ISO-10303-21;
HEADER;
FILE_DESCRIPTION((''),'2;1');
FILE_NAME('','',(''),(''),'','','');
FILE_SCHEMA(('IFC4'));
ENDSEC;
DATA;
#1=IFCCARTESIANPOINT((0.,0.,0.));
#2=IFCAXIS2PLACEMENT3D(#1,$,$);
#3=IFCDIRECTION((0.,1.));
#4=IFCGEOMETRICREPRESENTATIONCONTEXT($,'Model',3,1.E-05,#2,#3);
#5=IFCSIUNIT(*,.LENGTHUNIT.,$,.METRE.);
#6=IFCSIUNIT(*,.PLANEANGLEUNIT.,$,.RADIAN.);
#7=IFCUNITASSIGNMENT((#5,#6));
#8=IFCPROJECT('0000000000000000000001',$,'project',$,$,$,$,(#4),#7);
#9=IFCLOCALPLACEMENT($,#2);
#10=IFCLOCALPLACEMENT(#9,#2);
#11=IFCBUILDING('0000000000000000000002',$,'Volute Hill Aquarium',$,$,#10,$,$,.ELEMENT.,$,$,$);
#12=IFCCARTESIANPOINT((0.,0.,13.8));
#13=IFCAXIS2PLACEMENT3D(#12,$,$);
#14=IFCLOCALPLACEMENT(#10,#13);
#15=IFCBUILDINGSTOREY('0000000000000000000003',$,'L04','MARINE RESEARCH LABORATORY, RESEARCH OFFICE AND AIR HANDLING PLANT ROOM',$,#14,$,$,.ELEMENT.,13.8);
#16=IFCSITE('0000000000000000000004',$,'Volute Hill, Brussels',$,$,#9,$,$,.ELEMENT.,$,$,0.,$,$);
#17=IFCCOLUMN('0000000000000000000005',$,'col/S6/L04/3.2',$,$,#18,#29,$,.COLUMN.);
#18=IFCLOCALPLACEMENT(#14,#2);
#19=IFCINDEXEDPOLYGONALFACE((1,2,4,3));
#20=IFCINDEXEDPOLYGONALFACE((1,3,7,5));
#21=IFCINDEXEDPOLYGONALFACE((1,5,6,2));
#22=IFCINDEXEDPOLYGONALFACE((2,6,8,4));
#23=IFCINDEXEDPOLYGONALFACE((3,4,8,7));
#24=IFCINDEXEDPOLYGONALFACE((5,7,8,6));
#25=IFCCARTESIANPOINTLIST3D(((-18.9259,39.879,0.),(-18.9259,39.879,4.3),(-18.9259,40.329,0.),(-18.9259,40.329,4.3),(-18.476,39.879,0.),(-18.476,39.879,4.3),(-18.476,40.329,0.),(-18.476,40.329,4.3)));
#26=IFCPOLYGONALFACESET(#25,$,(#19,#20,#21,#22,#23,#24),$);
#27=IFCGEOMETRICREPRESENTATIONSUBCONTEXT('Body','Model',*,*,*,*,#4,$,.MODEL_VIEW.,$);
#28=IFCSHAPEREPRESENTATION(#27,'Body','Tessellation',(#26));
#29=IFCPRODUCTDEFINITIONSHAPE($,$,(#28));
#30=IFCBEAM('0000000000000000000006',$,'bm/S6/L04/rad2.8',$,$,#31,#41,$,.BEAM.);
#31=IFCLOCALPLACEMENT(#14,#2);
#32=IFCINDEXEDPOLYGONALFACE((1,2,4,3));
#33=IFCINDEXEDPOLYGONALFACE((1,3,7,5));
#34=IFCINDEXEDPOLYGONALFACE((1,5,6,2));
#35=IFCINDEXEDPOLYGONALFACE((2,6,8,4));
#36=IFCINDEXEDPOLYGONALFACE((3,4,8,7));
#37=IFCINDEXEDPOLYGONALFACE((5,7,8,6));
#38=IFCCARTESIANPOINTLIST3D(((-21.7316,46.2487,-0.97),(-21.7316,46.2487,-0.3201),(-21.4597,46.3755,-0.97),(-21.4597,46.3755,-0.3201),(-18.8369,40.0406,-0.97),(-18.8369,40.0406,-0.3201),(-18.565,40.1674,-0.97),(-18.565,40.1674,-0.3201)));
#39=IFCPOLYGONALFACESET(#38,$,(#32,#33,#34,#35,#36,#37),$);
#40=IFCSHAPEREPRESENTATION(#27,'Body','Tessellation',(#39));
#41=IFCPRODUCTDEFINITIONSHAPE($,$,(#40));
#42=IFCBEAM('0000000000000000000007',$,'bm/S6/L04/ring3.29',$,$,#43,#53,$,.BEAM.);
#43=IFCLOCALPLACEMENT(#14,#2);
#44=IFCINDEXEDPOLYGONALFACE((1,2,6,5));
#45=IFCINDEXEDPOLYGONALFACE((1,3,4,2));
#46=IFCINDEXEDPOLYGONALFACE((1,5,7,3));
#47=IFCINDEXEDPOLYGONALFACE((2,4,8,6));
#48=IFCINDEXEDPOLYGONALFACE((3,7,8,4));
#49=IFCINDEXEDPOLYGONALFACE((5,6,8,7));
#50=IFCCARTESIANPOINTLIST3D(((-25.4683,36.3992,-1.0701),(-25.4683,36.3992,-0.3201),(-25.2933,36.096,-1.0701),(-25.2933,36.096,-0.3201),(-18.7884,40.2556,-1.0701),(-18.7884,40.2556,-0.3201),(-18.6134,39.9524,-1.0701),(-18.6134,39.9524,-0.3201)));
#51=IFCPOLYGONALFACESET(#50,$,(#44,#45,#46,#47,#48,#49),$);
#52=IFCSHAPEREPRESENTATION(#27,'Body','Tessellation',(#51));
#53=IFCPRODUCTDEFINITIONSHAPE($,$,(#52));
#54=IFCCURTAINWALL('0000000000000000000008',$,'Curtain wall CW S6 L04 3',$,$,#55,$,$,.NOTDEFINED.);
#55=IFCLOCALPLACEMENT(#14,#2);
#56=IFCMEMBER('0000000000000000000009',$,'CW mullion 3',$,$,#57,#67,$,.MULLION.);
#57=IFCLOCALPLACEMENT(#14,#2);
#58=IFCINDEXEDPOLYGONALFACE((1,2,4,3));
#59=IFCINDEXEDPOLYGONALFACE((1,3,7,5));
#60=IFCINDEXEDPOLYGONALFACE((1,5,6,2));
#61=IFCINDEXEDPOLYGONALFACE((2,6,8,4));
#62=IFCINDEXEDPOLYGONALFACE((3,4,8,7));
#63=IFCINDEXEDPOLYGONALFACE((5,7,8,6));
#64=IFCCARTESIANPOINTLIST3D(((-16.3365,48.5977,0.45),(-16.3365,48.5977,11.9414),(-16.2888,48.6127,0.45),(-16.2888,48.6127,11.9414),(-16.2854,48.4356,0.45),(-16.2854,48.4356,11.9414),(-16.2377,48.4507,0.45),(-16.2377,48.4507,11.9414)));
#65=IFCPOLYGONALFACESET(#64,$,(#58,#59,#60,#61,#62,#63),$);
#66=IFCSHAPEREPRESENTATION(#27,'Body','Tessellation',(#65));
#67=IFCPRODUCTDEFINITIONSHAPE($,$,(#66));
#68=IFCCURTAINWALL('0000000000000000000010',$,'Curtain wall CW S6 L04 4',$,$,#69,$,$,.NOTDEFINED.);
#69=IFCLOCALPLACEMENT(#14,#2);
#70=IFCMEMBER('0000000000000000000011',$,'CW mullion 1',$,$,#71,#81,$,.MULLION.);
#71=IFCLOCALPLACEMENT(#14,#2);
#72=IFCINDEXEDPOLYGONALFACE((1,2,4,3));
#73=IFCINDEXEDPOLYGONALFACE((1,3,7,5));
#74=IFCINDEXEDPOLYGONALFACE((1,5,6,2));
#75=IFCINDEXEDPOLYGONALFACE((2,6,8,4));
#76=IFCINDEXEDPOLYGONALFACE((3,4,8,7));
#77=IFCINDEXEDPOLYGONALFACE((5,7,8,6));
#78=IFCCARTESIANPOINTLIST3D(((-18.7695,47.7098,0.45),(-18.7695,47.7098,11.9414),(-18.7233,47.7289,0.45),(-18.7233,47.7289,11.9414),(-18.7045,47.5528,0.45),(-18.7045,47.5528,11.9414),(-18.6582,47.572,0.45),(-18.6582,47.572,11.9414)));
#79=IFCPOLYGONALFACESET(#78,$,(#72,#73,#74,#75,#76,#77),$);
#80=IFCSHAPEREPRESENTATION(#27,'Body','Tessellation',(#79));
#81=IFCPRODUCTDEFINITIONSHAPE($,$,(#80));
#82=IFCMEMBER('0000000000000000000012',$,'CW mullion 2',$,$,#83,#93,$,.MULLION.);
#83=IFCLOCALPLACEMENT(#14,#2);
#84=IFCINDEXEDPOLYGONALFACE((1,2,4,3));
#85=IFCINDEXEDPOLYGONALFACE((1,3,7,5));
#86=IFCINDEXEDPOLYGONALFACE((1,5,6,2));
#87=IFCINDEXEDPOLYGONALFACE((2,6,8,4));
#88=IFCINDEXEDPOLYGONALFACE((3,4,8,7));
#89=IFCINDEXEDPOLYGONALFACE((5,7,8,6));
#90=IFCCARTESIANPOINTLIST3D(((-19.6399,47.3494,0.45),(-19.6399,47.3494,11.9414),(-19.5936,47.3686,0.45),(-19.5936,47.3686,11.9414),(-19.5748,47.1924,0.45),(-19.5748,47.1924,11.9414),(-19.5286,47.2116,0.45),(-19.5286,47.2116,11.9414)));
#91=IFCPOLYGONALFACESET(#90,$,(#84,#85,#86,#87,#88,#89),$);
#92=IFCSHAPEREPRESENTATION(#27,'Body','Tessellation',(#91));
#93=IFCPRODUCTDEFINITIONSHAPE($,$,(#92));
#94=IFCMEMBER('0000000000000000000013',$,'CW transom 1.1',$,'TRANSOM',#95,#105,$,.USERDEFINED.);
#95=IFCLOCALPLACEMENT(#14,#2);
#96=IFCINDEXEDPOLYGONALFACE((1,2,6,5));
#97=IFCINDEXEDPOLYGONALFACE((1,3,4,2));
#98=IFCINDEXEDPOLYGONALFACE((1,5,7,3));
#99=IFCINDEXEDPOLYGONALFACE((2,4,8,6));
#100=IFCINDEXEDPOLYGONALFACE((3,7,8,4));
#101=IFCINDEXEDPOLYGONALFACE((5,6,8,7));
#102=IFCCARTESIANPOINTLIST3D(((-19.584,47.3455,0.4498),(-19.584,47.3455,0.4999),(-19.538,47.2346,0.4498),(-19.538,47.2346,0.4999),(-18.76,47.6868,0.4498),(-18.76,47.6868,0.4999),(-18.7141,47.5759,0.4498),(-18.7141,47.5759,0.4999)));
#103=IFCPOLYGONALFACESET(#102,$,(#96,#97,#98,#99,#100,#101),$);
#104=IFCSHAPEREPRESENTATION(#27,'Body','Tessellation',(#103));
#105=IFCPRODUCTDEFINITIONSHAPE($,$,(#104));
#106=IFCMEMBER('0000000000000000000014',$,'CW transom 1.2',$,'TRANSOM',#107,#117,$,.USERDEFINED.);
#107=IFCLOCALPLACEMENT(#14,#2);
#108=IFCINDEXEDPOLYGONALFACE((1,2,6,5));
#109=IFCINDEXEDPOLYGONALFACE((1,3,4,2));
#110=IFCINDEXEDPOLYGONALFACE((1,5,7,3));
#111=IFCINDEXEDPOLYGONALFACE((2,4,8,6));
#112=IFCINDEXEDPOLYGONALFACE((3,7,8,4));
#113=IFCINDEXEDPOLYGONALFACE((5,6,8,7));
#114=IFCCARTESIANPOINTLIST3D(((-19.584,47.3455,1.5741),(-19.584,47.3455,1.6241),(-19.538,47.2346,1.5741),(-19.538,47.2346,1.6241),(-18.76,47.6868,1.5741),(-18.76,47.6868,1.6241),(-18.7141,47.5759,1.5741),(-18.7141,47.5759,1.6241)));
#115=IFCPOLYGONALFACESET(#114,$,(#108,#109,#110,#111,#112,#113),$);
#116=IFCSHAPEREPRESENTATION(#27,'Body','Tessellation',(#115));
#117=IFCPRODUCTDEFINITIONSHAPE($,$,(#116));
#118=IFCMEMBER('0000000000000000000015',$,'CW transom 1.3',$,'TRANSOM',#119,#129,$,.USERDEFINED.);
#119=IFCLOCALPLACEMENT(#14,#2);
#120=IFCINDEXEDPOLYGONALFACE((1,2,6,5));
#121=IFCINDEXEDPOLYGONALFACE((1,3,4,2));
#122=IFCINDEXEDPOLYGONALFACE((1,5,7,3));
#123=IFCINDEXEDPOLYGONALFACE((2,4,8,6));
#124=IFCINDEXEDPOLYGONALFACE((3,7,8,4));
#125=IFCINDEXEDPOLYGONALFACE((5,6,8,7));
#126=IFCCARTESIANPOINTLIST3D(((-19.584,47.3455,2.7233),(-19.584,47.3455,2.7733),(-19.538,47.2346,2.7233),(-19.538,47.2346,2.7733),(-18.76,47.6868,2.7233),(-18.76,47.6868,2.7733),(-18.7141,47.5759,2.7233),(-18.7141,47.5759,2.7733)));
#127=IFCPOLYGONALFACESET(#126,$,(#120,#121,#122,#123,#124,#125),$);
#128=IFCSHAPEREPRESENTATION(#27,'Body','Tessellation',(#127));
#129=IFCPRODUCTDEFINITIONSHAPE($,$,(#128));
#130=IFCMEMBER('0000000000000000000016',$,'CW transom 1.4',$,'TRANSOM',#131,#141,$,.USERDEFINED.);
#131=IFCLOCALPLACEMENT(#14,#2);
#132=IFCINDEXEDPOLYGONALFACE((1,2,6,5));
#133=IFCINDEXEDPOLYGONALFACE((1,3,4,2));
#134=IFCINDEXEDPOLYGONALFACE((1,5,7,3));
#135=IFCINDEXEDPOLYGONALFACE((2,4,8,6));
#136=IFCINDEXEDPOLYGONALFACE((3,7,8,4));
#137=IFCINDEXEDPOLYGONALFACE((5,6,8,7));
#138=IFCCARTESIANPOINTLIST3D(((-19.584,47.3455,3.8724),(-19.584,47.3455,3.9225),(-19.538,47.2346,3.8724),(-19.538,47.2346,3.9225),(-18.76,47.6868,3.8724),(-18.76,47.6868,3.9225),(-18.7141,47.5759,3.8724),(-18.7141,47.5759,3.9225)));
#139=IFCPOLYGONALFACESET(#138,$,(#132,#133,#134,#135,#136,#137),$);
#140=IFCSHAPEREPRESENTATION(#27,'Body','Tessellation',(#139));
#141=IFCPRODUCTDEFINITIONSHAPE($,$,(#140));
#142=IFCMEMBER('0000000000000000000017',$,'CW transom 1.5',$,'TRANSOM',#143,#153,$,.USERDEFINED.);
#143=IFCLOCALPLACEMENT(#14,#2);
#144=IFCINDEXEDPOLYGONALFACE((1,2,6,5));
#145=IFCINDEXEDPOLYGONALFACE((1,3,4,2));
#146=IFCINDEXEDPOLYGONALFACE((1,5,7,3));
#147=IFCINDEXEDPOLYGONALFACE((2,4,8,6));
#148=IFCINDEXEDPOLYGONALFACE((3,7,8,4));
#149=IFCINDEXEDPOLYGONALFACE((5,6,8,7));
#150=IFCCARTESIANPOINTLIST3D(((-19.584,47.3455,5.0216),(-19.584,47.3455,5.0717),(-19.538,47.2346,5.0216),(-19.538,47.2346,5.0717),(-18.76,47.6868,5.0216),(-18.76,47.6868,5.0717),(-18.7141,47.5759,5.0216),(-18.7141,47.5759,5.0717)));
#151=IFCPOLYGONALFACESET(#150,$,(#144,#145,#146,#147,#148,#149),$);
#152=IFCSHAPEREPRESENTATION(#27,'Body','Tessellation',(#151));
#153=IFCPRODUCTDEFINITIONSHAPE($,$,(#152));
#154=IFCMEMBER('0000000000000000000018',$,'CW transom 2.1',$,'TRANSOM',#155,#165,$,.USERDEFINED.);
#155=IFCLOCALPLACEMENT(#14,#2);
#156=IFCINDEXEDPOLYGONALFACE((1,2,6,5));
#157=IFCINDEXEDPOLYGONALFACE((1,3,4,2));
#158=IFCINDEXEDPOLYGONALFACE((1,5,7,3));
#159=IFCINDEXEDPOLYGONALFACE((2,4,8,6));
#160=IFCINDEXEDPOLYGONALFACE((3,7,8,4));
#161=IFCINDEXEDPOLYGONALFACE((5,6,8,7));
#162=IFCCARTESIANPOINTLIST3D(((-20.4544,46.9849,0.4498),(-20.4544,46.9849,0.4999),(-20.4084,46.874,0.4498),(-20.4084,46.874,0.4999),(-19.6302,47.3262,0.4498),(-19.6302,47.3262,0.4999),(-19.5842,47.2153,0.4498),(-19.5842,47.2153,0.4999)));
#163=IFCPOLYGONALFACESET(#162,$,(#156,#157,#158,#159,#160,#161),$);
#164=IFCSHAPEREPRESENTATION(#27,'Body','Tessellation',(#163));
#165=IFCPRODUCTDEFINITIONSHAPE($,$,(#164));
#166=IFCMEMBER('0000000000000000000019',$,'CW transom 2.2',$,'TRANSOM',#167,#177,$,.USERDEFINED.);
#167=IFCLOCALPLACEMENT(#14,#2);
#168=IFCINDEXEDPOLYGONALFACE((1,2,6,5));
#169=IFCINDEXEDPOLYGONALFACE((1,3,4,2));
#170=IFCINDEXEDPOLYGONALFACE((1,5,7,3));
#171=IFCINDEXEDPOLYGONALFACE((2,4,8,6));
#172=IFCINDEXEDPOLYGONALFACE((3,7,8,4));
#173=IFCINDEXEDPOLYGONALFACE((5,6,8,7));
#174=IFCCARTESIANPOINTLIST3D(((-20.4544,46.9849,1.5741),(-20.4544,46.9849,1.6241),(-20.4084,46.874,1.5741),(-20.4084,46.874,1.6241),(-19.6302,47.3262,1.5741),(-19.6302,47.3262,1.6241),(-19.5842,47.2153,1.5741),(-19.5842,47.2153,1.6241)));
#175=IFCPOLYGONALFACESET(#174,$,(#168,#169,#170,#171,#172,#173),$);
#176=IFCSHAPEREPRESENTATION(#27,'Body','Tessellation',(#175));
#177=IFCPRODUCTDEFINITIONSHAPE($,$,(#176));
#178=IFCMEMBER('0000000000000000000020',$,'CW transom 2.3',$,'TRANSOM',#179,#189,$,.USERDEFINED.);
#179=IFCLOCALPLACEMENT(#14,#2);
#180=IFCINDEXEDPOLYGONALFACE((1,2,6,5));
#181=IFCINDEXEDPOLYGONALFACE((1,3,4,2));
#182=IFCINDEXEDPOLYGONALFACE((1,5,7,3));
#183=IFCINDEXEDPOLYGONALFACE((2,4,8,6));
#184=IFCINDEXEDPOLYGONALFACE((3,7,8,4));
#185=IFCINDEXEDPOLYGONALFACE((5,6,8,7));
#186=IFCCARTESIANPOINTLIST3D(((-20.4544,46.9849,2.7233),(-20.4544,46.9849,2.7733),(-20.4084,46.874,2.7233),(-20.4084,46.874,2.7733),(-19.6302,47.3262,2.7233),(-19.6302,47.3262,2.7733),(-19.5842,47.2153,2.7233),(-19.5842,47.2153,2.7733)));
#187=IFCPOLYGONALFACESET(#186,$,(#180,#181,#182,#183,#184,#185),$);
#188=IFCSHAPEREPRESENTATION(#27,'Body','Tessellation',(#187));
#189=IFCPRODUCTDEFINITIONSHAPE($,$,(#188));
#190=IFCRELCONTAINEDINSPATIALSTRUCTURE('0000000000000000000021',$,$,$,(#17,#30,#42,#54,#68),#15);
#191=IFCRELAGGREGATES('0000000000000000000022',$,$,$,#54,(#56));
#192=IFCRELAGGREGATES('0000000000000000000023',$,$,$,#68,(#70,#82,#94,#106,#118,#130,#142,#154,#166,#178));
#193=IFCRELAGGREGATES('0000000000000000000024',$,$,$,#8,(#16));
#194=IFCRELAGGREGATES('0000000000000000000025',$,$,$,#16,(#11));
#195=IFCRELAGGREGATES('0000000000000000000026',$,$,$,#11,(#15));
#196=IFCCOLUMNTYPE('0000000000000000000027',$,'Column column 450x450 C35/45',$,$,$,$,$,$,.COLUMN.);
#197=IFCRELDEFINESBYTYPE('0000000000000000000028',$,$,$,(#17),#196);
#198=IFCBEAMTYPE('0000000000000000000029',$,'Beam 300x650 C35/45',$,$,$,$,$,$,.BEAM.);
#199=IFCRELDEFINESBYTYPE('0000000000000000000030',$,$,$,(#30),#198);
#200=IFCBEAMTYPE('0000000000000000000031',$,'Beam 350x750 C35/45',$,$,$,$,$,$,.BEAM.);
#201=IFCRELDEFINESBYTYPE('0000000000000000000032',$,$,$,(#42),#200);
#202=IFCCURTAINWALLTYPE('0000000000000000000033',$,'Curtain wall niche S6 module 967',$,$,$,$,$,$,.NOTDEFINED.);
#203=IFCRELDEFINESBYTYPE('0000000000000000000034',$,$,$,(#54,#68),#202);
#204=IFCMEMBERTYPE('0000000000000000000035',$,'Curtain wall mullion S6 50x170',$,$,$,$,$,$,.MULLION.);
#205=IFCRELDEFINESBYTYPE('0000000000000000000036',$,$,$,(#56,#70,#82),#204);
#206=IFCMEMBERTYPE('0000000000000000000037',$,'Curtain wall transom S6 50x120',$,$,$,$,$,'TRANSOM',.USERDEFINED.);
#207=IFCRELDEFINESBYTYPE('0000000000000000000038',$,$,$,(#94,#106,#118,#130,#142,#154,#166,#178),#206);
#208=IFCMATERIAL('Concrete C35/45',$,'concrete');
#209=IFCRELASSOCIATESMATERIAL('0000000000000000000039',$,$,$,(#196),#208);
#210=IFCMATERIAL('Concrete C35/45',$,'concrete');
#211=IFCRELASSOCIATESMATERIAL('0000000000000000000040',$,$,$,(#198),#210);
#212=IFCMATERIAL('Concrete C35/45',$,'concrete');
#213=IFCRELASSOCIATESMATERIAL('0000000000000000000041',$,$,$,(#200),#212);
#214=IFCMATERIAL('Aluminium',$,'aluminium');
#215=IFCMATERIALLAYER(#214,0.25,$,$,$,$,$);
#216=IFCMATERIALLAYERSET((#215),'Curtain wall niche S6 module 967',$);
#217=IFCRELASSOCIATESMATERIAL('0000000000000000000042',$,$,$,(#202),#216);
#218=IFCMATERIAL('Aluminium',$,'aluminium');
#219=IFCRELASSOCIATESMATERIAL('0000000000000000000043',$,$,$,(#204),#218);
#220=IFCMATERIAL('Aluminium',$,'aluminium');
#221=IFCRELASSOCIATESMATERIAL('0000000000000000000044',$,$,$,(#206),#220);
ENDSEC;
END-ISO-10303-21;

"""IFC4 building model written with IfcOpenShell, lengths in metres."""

from ifc_helpers import new_model, si_unit, direction, frame, origin, origin_2d, place, context, subcontext, project, spatial, rectangle, extrude, material, layer, layer_set, material_profile, profile_set, type_object, element, aggregate, save


model = new_model("IFC4")

# Units and contexts
model_context = context("Model", 3, precision=1e-05, world=origin(), true_north=direction((0.0, 1.0)))
body_context = subcontext(model_context, "Body", "Model", "MODEL_VIEW")
ifc_project = project(units=[si_unit("LENGTHUNIT", "METRE"), si_unit("PLANEANGLEUNIT", "RADIAN")], contexts=[model_context])

# Site, building, storey
site_placement = place(None, origin())
site = spatial("IfcSite", under=ifc_project, at=site_placement, Name="Volute Hill, Brussels", CompositionType="ELEMENT", RefElevation=0.0)
building_placement = place(site_placement, origin())
building = spatial("IfcBuilding", under=site, at=building_placement, Name="Volute Hill Aquarium", CompositionType="ELEMENT")
storey_placement = place(building_placement, frame((0.0, 0.0, 13.8)))
storey = spatial("IfcBuildingStorey", under=building, at=storey_placement, Name="L04", Description="MARINE RESEARCH LABORATORY, RESEARCH OFFICE AND AIR HANDLING PLANT ROOM", CompositionType="ELEMENT", Elevation=13.8)

# Column
ifc_material_1 = material(Name="Concrete C35/45", Category="concrete")
ifc_material_profile_1 = material_profile(ifc_material_1, rectangle(XDim=0.45, YDim=0.45, at=origin_2d()), Name="RC column 450x450")
ifc_profile_set_1 = profile_set([ifc_material_profile_1], Name="Concrete C35/45")
column_type = type_object("IfcColumnType", Name="Column column 450x450 C35/45", PredefinedType="COLUMN", material=ifc_profile_set_1)
column_placement = place(storey_placement, frame((-18.7009, 40.104, 0.0), z_axis=(0.0, 0.0, 1.0), x_axis=(1.0, 0.0, 0.0)))
element("IfcColumn", 1, at=column_placement, inside=storey, type_object=column_type, Name="col/S6/L04/3.2", PredefinedType="COLUMN", context=body_context, shape_type="SweptSolid", body=[
    extrude(rectangle(XDim=0.45, YDim=0.45, at=origin_2d()), origin(), (0.0, 0.0, 1.0), 4.3),
])

# Beams
ifc_material_2 = material(Name="Concrete C35/45", Category="concrete")
ifc_material_profile_2 = material_profile(ifc_material_2, rectangle(XDim=0.3, YDim=0.6499, at=origin_2d()), Name="RC beam 300x650")
ifc_profile_set_2 = profile_set([ifc_material_profile_2], Name="Concrete C35/45")
beam_type_1 = type_object("IfcBeamType", Name="Beam 300x650 C35/45", PredefinedType="BEAM", material=ifc_profile_set_2)
beam_1_placement = place(storey_placement, frame((-18.7009, 40.104, -0.645), z_axis=(-0.422597, 0.906318, 0.0), x_axis=(-0.906318, -0.422597, 0.0)))
element("IfcBeam", 2, at=beam_1_placement, inside=storey, type_object=beam_type_1, Name="bm/S6/L04/rad2.8", PredefinedType="BEAM", context=body_context, shape_type="SweptSolid", body=[
    extrude(rectangle(XDim=0.3, YDim=0.6499, at=origin_2d()), origin(), (0.0, 0.0, 1.0), 6.8499),
])
ifc_material_3 = material(Name="Concrete C35/45", Category="concrete")
ifc_material_profile_3 = material_profile(ifc_material_3, rectangle(XDim=0.3501, YDim=0.75, at=origin_2d()), Name="RC beam 350x750")
ifc_profile_set_3 = profile_set([ifc_material_profile_3], Name="Concrete C35/45")
beam_type_2 = type_object("IfcBeamType", Name="Beam 350x750 C35/45", PredefinedType="BEAM", material=ifc_profile_set_3)
beam_2_placement = place(storey_placement, frame((-18.7009, 40.104, -0.6951), z_axis=(-0.866037, -0.499979, 0.0), x_axis=(0.499979, -0.866037, 0.0)))
element("IfcBeam", 3, at=beam_2_placement, inside=storey, type_object=beam_type_2, Name="bm/S6/L04/ring3.29", PredefinedType="BEAM", context=body_context, shape_type="SweptSolid", body=[
    extrude(rectangle(XDim=0.3501, YDim=0.75, at=origin_2d()), origin(), (0.0, 0.0, 1.0), 7.7131),
])

# Curtain wall, member
ifc_material_4 = material(Name="Aluminium", Category="aluminium")
ifc_layer_1 = layer(ifc_material_4, 0.25)
ifc_layer_set_1 = layer_set([ifc_layer_1], Name="Curtain wall niche S6 module 967")
curtain_wall_type = type_object("IfcCurtainWallType", Name="Curtain wall niche S6 module 967", PredefinedType="NOTDEFINED", material=ifc_layer_set_1)
curtain_wall_1_placement = place(storey_placement, origin())
curtain_wall_1 = element("IfcCurtainWall", 4, at=curtain_wall_1_placement, inside=storey, type_object=curtain_wall_type, Name="Curtain wall CW S6 L04 3", PredefinedType="NOTDEFINED")
ifc_material_5 = material(Name="Aluminium", Category="aluminium")
ifc_material_profile_4 = material_profile(ifc_material_5, rectangle(XDim=0.1699, YDim=0.05, at=origin_2d()), Name="Curtain wall mullion S6 50x170")
ifc_profile_set_4 = profile_set([ifc_material_profile_4], Name="Aluminium")
member_type_1 = type_object("IfcMemberType", Name="Curtain wall mullion S6 50x170", PredefinedType="MULLION", material=ifc_profile_set_4)
member_1_placement = place(storey_placement, frame((-16.2871, 48.5242, 0.45), z_axis=(0.0, 0.0, 1.0), x_axis=(0.300706, -0.953717, 0.0)))
member_1 = element("IfcMember", 5, at=member_1_placement, type_object=member_type_1, Name="CW mullion 3", PredefinedType="MULLION", context=body_context, shape_type="SweptSolid", body=[
    extrude(rectangle(XDim=0.1699, YDim=0.05, at=origin_2d()), origin(), (0.0, 0.0, 1.0), 11.4915),
])

# Curtain wall, members
curtain_wall_2_placement = place(storey_placement, origin())
curtain_wall_2 = element("IfcCurtainWall", 6, at=curtain_wall_2_placement, inside=storey, type_object=curtain_wall_type, Name="Curtain wall CW S6 L04 4", PredefinedType="NOTDEFINED")
member_2_placement = place(storey_placement, frame((-18.7139, 47.6409, 0.45), z_axis=(0.0, 0.0, 1.0), x_axis=(0.38268, -0.923881, 0.0)))
member_2 = element("IfcMember", 7, at=member_2_placement, type_object=member_type_1, Name="CW mullion 1", PredefinedType="MULLION", context=body_context, shape_type="SweptSolid", body=[
    extrude(rectangle(XDim=0.1699, YDim=0.05, at=origin_2d()), origin(), (0.0, 0.0, 1.0), 11.4915),
])
member_3_placement = place(storey_placement, frame((-19.5842, 47.2805, 0.45), z_axis=(0.0, 0.0, 1.0), x_axis=(0.38268, -0.923881, 0.0)))
member_3 = element("IfcMember", 8, at=member_3_placement, type_object=member_type_1, Name="CW mullion 2", PredefinedType="MULLION", context=body_context, shape_type="SweptSolid", body=[
    extrude(rectangle(XDim=0.1699, YDim=0.05, at=origin_2d()), origin(), (0.0, 0.0, 1.0), 11.4915),
])
ifc_material_6 = material(Name="Aluminium", Category="aluminium")
ifc_material_profile_5 = material_profile(ifc_material_6, rectangle(XDim=0.1201, YDim=0.05, at=origin_2d()), Name="Curtain wall transom S6 50x120")
ifc_profile_set_5 = profile_set([ifc_material_profile_5], Name="Aluminium")
member_type_2 = type_object("IfcMemberType", Name="Curtain wall transom S6 50x120", ElementType="TRANSOM", PredefinedType="USERDEFINED", material=ifc_profile_set_5)
member_4_placement = place(storey_placement, frame((-18.7371, 47.6313, 0.4749), z_axis=(-0.923877, -0.38269, 0.0), x_axis=(0.38269, -0.923877, 0.0)))
member_4 = element("IfcMember", 9, at=member_4_placement, type_object=member_type_2, Name="CW transom 1.1", ObjectType="TRANSOM", PredefinedType="USERDEFINED", context=body_context, shape_type="SweptSolid", body=[
    extrude(rectangle(XDim=0.1201, YDim=0.05, at=origin_2d()), origin(), (0.0, 0.0, 1.0), 0.8918),
])
member_5_placement = place(storey_placement, frame((-18.7371, 47.6313, 1.5991), z_axis=(-0.923877, -0.38269, 0.0), x_axis=(0.38269, -0.923877, 0.0)))
member_5 = element("IfcMember", 10, at=member_5_placement, type_object=member_type_2, Name="CW transom 1.2", ObjectType="TRANSOM", PredefinedType="USERDEFINED", context=body_context, shape_type="SweptSolid", body=[
    extrude(rectangle(XDim=0.1201, YDim=0.05, at=origin_2d()), origin(), (0.0, 0.0, 1.0), 0.8918),
])
member_6_placement = place(storey_placement, frame((-18.7371, 47.6313, 2.7483), z_axis=(-0.923877, -0.38269, 0.0), x_axis=(0.38269, -0.923877, 0.0)))
member_6 = element("IfcMember", 11, at=member_6_placement, type_object=member_type_2, Name="CW transom 1.3", ObjectType="TRANSOM", PredefinedType="USERDEFINED", context=body_context, shape_type="SweptSolid", body=[
    extrude(rectangle(XDim=0.1201, YDim=0.05, at=origin_2d()), origin(), (0.0, 0.0, 1.0), 0.8918),
])
member_7_placement = place(storey_placement, frame((-18.7371, 47.6313, 3.8975), z_axis=(-0.923877, -0.38269, 0.0), x_axis=(0.38269, -0.923877, 0.0)))
member_7 = element("IfcMember", 12, at=member_7_placement, type_object=member_type_2, Name="CW transom 1.4", ObjectType="TRANSOM", PredefinedType="USERDEFINED", context=body_context, shape_type="SweptSolid", body=[
    extrude(rectangle(XDim=0.1201, YDim=0.05, at=origin_2d()), origin(), (0.0, 0.0, 1.0), 0.8918),
])
member_8_placement = place(storey_placement, frame((-18.7371, 47.6313, 5.0466), z_axis=(-0.923877, -0.38269, 0.0), x_axis=(0.38269, -0.923877, 0.0)))
member_8 = element("IfcMember", 13, at=member_8_placement, type_object=member_type_2, Name="CW transom 1.5", ObjectType="TRANSOM", PredefinedType="USERDEFINED", context=body_context, shape_type="SweptSolid", body=[
    extrude(rectangle(XDim=0.1201, YDim=0.05, at=origin_2d()), origin(), (0.0, 0.0, 1.0), 0.8918),
])
member_9_placement = place(storey_placement, frame((-19.6072, 47.2708, 0.4749), z_axis=(-0.923917, -0.382594, 0.0), x_axis=(0.382594, -0.923917, 0.0)))
member_9 = element("IfcMember", 14, at=member_9_placement, type_object=member_type_2, Name="CW transom 2.1", ObjectType="TRANSOM", PredefinedType="USERDEFINED", context=body_context, shape_type="SweptSolid", body=[
    extrude(rectangle(XDim=0.1201, YDim=0.05, at=origin_2d()), origin(), (0.0, 0.0, 1.0), 0.8921),
])
member_10_placement = place(storey_placement, frame((-19.6072, 47.2708, 1.5991), z_axis=(-0.923917, -0.382594, 0.0), x_axis=(0.382594, -0.923917, 0.0)))
member_10 = element("IfcMember", 15, at=member_10_placement, type_object=member_type_2, Name="CW transom 2.2", ObjectType="TRANSOM", PredefinedType="USERDEFINED", context=body_context, shape_type="SweptSolid", body=[
    extrude(rectangle(XDim=0.1201, YDim=0.05, at=origin_2d()), origin(), (0.0, 0.0, 1.0), 0.8921),
])
member_11_placement = place(storey_placement, frame((-19.6072, 47.2708, 2.7483), z_axis=(-0.923917, -0.382594, 0.0), x_axis=(0.382594, -0.923917, 0.0)))
member_11 = element("IfcMember", 16, at=member_11_placement, type_object=member_type_2, Name="CW transom 2.3", ObjectType="TRANSOM", PredefinedType="USERDEFINED", context=body_context, shape_type="SweptSolid", body=[
    extrude(rectangle(XDim=0.1201, YDim=0.05, at=origin_2d()), origin(), (0.0, 0.0, 1.0), 0.8921),
])

aggregate(curtain_wall_1, [member_1])
aggregate(curtain_wall_2, [member_2, member_3, member_4, member_5, member_6, member_7, member_8, member_9, member_10, member_11])

save(model, "model.ifc")
